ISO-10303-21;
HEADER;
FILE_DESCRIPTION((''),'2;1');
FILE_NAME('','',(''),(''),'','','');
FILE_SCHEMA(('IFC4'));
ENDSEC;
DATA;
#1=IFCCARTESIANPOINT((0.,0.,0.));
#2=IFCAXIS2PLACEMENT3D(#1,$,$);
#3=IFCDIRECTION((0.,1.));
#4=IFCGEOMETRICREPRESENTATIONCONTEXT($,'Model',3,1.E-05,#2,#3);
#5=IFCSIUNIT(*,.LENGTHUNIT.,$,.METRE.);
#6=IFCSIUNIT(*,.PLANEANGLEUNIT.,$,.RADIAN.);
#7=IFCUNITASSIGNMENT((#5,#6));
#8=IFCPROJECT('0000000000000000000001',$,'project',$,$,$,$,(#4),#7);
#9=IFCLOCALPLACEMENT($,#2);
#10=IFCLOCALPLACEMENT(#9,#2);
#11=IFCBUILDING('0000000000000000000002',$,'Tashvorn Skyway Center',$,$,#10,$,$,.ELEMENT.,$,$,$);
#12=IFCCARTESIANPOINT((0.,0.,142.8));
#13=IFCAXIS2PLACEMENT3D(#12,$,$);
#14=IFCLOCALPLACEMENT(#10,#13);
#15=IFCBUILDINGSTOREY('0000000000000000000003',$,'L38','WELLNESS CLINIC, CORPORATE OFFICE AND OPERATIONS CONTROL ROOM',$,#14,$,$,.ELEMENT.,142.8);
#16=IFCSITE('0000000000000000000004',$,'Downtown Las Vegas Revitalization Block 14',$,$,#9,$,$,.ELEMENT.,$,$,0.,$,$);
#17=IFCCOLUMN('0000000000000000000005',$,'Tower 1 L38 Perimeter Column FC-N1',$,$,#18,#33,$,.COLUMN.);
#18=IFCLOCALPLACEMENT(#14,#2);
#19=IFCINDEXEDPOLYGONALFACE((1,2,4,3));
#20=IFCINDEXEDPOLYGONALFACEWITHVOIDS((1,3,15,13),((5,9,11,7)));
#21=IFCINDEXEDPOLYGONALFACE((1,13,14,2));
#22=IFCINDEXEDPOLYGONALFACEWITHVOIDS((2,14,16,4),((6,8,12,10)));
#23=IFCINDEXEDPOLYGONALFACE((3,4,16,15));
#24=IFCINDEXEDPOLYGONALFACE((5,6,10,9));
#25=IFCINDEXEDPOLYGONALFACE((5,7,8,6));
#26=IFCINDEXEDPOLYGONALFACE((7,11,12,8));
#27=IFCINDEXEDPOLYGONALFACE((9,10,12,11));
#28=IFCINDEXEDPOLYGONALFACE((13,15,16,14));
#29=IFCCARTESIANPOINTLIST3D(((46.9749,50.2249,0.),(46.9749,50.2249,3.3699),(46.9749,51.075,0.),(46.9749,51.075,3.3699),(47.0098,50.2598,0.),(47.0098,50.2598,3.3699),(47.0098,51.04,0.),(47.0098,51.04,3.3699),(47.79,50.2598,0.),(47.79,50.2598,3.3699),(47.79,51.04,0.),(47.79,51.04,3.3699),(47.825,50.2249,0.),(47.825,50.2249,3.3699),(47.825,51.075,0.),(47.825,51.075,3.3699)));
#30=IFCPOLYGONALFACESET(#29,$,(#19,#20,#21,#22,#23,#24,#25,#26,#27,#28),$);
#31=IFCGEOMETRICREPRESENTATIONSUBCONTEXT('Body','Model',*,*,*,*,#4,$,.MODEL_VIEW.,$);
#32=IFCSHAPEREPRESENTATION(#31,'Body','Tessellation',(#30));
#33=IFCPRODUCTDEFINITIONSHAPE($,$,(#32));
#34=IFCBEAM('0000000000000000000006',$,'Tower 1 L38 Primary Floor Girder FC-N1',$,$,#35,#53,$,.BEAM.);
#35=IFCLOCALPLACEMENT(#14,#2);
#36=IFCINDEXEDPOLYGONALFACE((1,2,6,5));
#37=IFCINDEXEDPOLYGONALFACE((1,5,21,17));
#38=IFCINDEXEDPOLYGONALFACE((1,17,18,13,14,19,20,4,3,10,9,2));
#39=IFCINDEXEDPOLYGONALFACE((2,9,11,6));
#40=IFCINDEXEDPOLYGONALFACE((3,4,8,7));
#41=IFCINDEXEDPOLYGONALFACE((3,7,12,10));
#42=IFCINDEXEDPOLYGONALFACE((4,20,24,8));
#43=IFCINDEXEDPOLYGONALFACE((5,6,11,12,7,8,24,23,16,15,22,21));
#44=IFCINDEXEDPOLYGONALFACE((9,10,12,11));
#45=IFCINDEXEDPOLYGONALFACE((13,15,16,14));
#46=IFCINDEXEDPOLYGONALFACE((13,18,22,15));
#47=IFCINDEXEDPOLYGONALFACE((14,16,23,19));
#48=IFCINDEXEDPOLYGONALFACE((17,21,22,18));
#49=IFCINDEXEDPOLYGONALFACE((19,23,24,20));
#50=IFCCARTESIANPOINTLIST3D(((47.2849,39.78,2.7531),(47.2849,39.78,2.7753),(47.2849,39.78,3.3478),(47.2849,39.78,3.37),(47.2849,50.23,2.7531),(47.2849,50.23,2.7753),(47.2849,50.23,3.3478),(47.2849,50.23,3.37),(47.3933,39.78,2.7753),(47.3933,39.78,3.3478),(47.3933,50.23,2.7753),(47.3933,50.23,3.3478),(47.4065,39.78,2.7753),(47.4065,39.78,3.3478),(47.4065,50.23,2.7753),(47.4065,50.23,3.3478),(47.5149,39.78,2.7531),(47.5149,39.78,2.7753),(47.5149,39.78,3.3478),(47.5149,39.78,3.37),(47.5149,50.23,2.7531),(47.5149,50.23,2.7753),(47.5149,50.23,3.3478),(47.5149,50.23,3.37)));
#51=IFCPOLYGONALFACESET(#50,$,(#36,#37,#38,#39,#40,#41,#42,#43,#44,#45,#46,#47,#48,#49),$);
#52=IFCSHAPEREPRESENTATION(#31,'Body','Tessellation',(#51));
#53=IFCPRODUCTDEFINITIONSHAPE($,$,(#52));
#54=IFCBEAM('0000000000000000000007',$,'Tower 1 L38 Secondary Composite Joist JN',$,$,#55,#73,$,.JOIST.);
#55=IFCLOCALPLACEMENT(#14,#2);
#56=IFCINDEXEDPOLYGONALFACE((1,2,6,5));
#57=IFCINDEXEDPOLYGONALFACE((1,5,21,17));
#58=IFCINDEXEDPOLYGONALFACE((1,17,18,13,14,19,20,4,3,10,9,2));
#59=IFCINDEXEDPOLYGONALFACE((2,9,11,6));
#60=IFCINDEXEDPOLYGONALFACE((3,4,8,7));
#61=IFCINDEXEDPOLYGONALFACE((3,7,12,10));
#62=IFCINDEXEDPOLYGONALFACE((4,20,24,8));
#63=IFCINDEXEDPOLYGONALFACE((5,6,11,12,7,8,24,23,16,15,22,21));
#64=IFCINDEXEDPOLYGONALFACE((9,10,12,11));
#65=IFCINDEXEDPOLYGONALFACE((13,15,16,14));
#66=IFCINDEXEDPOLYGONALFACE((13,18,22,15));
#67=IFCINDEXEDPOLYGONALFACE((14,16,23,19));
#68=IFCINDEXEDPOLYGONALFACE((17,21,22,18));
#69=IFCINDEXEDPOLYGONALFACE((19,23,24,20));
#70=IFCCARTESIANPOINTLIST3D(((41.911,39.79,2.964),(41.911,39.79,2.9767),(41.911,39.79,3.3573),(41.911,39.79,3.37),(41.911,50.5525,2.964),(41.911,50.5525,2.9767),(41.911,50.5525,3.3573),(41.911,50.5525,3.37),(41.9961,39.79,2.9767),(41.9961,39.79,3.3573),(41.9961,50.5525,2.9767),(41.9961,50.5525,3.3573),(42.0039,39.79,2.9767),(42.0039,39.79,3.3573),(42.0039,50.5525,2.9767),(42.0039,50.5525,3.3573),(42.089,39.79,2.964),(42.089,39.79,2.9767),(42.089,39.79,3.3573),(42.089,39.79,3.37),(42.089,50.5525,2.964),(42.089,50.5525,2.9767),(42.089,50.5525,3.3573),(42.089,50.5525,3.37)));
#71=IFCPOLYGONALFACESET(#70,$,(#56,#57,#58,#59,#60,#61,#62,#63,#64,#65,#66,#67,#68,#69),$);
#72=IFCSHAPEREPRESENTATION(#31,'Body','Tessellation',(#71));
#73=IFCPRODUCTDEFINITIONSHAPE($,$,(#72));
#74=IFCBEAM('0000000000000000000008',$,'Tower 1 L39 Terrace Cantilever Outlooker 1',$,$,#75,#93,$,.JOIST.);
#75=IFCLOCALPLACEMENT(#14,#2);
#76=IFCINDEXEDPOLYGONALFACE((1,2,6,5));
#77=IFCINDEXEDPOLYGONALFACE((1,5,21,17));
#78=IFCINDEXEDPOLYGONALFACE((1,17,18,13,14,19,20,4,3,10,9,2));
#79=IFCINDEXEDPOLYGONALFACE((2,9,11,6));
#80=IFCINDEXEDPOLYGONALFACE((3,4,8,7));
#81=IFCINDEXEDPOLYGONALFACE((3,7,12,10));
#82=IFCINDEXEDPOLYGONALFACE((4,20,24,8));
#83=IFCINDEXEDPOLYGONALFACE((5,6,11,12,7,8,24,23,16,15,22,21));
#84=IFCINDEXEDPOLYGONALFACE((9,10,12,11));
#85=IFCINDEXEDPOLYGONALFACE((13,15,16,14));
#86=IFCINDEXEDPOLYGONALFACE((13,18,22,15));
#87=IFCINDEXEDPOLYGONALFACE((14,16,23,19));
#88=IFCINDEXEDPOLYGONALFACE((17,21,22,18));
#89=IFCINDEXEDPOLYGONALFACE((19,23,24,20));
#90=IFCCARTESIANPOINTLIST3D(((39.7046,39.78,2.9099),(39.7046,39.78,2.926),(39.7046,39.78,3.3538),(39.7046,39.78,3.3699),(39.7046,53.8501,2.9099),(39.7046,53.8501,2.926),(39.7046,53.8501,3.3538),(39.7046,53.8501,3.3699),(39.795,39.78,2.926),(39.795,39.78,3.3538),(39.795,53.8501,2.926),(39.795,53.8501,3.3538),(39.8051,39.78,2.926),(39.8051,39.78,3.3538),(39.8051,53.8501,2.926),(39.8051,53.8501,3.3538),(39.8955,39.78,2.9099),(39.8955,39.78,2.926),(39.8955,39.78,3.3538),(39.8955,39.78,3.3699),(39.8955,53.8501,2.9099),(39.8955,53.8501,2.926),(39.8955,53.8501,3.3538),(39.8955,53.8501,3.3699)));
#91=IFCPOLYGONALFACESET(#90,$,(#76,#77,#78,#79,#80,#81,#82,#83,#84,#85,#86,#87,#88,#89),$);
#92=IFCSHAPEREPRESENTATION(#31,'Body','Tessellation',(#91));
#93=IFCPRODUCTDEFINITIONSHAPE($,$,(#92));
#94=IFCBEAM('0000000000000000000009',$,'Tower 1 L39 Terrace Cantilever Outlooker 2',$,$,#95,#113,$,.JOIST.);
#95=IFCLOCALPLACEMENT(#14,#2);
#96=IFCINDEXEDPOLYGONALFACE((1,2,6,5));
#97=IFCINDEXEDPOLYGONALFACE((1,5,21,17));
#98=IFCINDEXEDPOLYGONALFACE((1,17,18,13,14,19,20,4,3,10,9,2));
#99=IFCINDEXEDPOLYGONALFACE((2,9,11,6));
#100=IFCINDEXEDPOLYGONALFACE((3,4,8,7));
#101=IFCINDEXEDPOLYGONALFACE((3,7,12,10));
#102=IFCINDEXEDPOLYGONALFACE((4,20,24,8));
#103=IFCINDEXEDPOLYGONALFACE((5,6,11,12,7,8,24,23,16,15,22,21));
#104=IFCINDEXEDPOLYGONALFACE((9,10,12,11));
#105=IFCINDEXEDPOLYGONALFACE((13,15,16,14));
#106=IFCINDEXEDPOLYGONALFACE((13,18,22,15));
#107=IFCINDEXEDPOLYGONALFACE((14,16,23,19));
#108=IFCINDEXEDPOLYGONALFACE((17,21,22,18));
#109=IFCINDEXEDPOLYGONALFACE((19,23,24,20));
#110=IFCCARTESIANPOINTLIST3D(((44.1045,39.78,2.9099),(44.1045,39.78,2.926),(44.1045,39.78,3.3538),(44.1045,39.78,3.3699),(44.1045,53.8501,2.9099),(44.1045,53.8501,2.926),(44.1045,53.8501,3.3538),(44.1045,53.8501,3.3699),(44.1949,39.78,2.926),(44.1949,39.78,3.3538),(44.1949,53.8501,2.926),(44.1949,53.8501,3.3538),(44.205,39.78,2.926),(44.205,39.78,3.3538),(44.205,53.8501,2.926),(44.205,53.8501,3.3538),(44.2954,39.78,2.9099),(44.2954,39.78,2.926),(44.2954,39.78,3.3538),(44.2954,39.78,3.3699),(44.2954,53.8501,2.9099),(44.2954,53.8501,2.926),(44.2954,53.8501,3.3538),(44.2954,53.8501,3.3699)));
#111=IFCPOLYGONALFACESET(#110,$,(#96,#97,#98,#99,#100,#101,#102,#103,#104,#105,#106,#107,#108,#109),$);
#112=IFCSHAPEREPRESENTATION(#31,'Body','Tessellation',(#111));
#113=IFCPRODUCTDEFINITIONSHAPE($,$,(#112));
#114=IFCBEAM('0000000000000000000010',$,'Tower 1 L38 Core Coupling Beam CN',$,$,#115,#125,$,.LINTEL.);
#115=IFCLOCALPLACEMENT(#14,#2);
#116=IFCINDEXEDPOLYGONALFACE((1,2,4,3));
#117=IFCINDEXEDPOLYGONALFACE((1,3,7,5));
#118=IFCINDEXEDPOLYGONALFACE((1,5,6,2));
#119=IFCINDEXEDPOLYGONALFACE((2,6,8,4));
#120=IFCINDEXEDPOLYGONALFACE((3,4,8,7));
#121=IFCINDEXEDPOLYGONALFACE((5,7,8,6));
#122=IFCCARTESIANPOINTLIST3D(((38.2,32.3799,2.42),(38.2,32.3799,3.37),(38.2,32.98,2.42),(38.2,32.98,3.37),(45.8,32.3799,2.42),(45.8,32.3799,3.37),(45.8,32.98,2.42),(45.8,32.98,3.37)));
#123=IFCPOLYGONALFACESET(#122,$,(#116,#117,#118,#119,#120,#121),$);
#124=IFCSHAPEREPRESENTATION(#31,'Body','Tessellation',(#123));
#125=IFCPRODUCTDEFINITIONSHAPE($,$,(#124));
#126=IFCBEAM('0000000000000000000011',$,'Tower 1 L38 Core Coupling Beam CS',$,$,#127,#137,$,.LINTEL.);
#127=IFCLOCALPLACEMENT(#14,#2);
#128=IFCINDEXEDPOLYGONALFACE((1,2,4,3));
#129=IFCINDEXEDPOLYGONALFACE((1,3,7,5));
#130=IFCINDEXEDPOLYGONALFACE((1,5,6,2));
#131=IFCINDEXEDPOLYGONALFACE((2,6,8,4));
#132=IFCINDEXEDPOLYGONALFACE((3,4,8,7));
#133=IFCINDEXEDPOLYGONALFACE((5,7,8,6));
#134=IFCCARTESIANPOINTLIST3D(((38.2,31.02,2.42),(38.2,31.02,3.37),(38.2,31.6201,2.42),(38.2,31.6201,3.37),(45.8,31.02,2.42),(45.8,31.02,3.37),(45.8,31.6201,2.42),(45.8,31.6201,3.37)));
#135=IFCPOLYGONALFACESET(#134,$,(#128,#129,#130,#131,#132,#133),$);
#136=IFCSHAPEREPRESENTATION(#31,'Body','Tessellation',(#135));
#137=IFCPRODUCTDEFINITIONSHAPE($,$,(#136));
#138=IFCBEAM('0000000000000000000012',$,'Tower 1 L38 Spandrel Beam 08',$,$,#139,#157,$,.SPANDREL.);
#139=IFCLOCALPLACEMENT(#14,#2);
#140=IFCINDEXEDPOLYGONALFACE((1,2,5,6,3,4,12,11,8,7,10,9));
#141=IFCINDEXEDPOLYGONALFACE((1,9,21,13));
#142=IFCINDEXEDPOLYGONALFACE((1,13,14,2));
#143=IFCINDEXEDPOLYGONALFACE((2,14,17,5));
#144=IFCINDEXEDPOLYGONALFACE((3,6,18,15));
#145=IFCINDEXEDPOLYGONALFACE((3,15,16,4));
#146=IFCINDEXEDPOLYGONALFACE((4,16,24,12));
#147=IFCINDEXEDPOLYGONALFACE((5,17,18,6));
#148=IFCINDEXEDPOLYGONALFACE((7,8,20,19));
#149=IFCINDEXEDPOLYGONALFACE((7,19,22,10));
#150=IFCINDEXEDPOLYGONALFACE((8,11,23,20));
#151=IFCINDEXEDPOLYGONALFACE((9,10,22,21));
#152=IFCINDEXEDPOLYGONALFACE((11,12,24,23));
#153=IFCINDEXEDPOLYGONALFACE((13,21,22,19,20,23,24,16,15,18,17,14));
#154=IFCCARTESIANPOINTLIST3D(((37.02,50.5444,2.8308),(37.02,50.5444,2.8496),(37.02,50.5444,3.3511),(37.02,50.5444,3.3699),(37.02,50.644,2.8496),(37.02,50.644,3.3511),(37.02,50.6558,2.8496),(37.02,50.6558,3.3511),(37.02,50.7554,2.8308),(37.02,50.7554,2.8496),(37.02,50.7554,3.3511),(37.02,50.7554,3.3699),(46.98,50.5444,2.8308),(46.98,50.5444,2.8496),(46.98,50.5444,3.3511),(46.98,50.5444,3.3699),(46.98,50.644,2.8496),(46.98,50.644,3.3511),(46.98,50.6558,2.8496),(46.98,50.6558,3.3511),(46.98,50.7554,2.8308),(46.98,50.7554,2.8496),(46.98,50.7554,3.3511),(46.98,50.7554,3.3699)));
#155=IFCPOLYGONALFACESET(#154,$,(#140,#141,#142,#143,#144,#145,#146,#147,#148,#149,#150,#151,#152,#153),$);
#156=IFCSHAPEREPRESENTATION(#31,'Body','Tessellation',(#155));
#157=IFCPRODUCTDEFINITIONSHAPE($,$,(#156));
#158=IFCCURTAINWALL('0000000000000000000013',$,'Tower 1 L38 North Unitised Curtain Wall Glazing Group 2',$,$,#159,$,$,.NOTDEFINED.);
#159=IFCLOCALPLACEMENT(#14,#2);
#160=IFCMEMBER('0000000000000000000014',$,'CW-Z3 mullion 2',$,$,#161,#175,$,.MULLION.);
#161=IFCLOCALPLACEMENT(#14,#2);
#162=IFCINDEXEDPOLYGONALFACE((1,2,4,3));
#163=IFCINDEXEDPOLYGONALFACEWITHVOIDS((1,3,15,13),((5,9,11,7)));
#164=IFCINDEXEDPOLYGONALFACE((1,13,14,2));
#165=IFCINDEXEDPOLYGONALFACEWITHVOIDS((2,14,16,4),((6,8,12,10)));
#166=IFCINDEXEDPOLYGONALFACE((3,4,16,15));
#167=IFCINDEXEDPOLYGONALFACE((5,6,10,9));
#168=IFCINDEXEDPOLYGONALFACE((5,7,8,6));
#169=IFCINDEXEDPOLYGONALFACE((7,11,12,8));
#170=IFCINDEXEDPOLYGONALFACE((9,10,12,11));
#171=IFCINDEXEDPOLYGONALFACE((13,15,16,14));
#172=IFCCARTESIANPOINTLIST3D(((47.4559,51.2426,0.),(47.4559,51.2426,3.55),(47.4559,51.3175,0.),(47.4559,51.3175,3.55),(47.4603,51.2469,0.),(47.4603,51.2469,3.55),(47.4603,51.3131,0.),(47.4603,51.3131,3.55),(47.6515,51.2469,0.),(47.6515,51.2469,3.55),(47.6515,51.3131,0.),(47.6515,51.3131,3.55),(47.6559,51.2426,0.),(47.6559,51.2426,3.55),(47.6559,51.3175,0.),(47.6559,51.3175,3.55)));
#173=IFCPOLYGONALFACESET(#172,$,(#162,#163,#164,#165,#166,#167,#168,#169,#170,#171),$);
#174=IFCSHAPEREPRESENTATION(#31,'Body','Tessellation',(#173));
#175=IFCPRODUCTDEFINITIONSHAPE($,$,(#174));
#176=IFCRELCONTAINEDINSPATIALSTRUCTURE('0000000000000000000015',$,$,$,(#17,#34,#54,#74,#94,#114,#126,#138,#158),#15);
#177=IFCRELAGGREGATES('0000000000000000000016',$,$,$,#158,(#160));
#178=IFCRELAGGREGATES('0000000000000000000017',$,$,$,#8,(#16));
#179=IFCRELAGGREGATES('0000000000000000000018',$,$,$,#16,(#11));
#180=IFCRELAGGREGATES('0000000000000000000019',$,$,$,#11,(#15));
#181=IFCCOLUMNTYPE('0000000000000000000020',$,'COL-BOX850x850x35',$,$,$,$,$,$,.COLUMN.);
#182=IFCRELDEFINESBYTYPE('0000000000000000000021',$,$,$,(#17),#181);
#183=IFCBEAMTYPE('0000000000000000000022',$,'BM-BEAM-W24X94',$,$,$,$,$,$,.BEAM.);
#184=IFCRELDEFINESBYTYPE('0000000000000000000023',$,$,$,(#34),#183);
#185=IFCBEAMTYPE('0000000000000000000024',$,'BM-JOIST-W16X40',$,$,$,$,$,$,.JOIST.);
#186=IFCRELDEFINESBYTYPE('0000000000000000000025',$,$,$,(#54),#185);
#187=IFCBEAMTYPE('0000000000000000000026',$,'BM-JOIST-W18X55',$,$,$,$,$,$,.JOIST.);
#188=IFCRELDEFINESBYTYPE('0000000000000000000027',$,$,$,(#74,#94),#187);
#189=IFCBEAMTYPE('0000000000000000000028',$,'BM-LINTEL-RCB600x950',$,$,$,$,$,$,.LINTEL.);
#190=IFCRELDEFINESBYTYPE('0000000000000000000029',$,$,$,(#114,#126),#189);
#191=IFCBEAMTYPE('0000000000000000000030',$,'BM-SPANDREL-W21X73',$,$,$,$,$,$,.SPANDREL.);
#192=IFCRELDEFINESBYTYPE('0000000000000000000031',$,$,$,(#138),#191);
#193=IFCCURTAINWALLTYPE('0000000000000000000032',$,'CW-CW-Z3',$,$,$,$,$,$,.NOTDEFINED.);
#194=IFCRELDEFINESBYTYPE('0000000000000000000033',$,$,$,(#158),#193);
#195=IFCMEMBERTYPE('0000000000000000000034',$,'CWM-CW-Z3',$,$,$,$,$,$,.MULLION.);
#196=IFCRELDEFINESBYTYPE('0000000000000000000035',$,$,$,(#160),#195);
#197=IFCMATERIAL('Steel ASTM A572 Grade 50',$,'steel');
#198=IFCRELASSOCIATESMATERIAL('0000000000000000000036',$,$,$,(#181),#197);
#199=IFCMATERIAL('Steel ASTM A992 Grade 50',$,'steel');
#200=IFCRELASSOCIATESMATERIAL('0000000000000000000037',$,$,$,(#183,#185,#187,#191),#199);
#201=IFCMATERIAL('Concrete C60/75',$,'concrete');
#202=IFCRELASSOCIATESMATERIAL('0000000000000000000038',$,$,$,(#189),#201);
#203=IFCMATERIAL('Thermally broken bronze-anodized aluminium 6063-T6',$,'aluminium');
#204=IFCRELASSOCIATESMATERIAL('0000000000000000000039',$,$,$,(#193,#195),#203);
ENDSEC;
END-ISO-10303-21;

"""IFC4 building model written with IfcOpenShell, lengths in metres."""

from ifc_helpers import new_model, si_unit, direction, frame, origin, origin_2d, place, context, subcontext, project, spatial, rectangle, hollow_rectangle, i_section, extrude, material, material_profile, profile_set, type_object, element, aggregate, save


model = new_model("IFC4")

# Units and contexts
model_context = context("Model", 3, precision=1e-05, world=origin(), true_north=direction((0.0, 1.0)))
body_context = subcontext(model_context, "Body", "Model", "MODEL_VIEW")
ifc_project = project(units=[si_unit("LENGTHUNIT", "METRE"), si_unit("PLANEANGLEUNIT", "RADIAN")], contexts=[model_context])

# Site, building, storey
site_placement = place(None, origin())
site = spatial("IfcSite", under=ifc_project, at=site_placement, Name="Downtown Las Vegas Revitalization Block 14", CompositionType="ELEMENT", RefElevation=0.0)
building_placement = place(site_placement, origin())
building = spatial("IfcBuilding", under=site, at=building_placement, Name="Tashvorn Skyway Center", CompositionType="ELEMENT")
storey_placement = place(building_placement, frame((0.0, 0.0, 142.8)))
storey = spatial("IfcBuildingStorey", under=building, at=storey_placement, Name="L38", Description="WELLNESS CLINIC, CORPORATE OFFICE AND OPERATIONS CONTROL ROOM", CompositionType="ELEMENT", Elevation=142.8)

# Column
ifc_material_1 = material(Name="Steel ASTM A572 Grade 50", Category="steel")
ifc_material_profile_1 = material_profile(ifc_material_1, hollow_rectangle(XDim=0.8501, YDim=0.8501, WallThickness=0.0349, at=origin_2d()), Name="BOX850x850x35")
ifc_profile_set_1 = profile_set([ifc_material_profile_1], Name="Steel ASTM A572 Grade 50")
column_type = type_object("IfcColumnType", Name="COL-BOX850x850x35", PredefinedType="COLUMN", material=ifc_profile_set_1)
column_placement = place(storey_placement, frame((47.3999, 50.6499, 0.0), z_axis=(0.0, 0.0, 1.0), x_axis=(1.0, 0.0, 0.0)))
element("IfcColumn", 1, at=column_placement, inside=storey, type_object=column_type, Name="Tower 1 L38 Perimeter Column FC-N1", PredefinedType="COLUMN", context=body_context, shape_type="SweptSolid", body=[
    extrude(hollow_rectangle(XDim=0.8501, YDim=0.8501, WallThickness=0.0349, at=origin_2d()), origin(), (0.0, 0.0, 1.0), 3.3699),
])

# Beams
ifc_material_2 = material(Name="Steel ASTM A992 Grade 50", Category="steel")
ifc_material_profile_2 = material_profile(ifc_material_2, i_section(OverallWidth=0.23, OverallDepth=0.6169, WebThickness=0.0132, FlangeThickness=0.0222, at=origin_2d()), Name="W24X94")
ifc_profile_set_2 = profile_set([ifc_material_profile_2], Name="Steel ASTM A992 Grade 50")
beam_type_1 = type_object("IfcBeamType", Name="BM-BEAM-W24X94", PredefinedType="BEAM", material=ifc_profile_set_2)
beam_1_placement = place(storey_placement, frame((47.3999, 50.23, 3.0615), z_axis=(0.0, -1.0, 0.0), x_axis=(1.0, 0.0, 0.0)))
element("IfcBeam", 2, at=beam_1_placement, inside=storey, type_object=beam_type_1, Name="Tower 1 L38 Primary Floor Girder FC-N1", PredefinedType="BEAM", context=body_context, shape_type="SweptSolid", body=[
    extrude(i_section(OverallWidth=0.23, OverallDepth=0.6169, WebThickness=0.0132, FlangeThickness=0.0222, at=origin_2d()), origin(), (0.0, 0.0, 1.0), 10.45),
])
ifc_material_profile_3 = material_profile(ifc_material_2, i_section(OverallWidth=0.178, OverallDepth=0.406, WebThickness=0.0078, FlangeThickness=0.0127, at=origin_2d()), Name="W16X40")
ifc_profile_set_3 = profile_set([ifc_material_profile_3], Name="Steel ASTM A992 Grade 50")
beam_type_2 = type_object("IfcBeamType", Name="BM-JOIST-W16X40", PredefinedType="JOIST", material=ifc_profile_set_3)
beam_2_placement = place(storey_placement, frame((42.0, 39.79, 3.167), z_axis=(0.0, 1.0, 0.0), x_axis=(-1.0, 0.0, 0.0)))
element("IfcBeam", 3, at=beam_2_placement, inside=storey, type_object=beam_type_2, Name="Tower 1 L38 Secondary Composite Joist JN", PredefinedType="JOIST", context=body_context, shape_type="SweptSolid", body=[
    extrude(i_section(OverallWidth=0.178, OverallDepth=0.406, WebThickness=0.0078, FlangeThickness=0.0127, at=origin_2d()), origin(), (0.0, 0.0, 1.0), 10.7625),
])
ifc_material_profile_4 = material_profile(ifc_material_2, i_section(OverallWidth=0.1909, OverallDepth=0.46, WebThickness=0.01, FlangeThickness=0.0161, at=origin_2d()), Name="W18X55")
ifc_profile_set_4 = profile_set([ifc_material_profile_4], Name="Steel ASTM A992 Grade 50")
beam_type_3 = type_object("IfcBeamType", Name="BM-JOIST-W18X55", PredefinedType="JOIST", material=ifc_profile_set_4)
for number, where, z_axis, x_axis, name in (
    (4, (39.8, 39.78, 3.1399), (0.0, 1.0, 0.0), (-1.0, 0.0, 0.0), "Tower 1 L39 Terrace Cantilever Outlooker 1"),
    (5, (44.2, 39.78, 3.1399), (0.0, 1.0, 0.0), (-1.0, 0.0, 0.0), "Tower 1 L39 Terrace Cantilever Outlooker 2"),
):
    element("IfcBeam", number, at=place(storey_placement, frame(where, z_axis=z_axis, x_axis=x_axis)), inside=storey, type_object=beam_type_3, Name=name, PredefinedType="JOIST", context=body_context, shape_type="SweptSolid", body=[
        extrude(i_section(OverallWidth=0.1909, OverallDepth=0.46, WebThickness=0.01, FlangeThickness=0.0161, at=origin_2d()), origin(), (0.0, 0.0, 1.0), 14.0701),
    ])
ifc_material_3 = material(Name="Concrete C60/75", Category="concrete")
ifc_material_profile_5 = material_profile(ifc_material_3, rectangle(XDim=0.6001, YDim=0.95, at=origin_2d()), Name="RCB600x950")
ifc_profile_set_5 = profile_set([ifc_material_profile_5], Name="Concrete C60/75")
beam_type_4 = type_object("IfcBeamType", Name="BM-LINTEL-RCB600x950", PredefinedType="LINTEL", material=ifc_profile_set_5)
for number, where, z_axis, x_axis, name in (
    (6, (38.2, 32.6799, 2.895), (1.0, 0.0, 0.0), (0.0, 1.0, 0.0), "Tower 1 L38 Core Coupling Beam CN"),
    (7, (38.2, 31.3201, 2.895), (1.0, 0.0, 0.0), (0.0, 1.0, 0.0), "Tower 1 L38 Core Coupling Beam CS"),
):
    element("IfcBeam", number, at=place(storey_placement, frame(where, z_axis=z_axis, x_axis=x_axis)), inside=storey, type_object=beam_type_4, Name=name, PredefinedType="LINTEL", context=body_context, shape_type="SweptSolid", body=[
        extrude(rectangle(XDim=0.6001, YDim=0.95, at=origin_2d()), origin(), (0.0, 0.0, 1.0), 7.6001),
    ])
ifc_material_profile_6 = material_profile(ifc_material_2, i_section(OverallWidth=0.2109, OverallDepth=0.5391, WebThickness=0.0117, FlangeThickness=0.0188, at=origin_2d()), Name="W21X73")
ifc_profile_set_6 = profile_set([ifc_material_profile_6], Name="Steel ASTM A992 Grade 50")
beam_type_5 = type_object("IfcBeamType", Name="BM-SPANDREL-W21X73", PredefinedType="SPANDREL", material=ifc_profile_set_6)
beam_3_placement = place(storey_placement, frame((46.98, 50.6499, 3.1003), z_axis=(-1.0, 0.0, 0.0), x_axis=(0.0, -1.0, 0.0)))
element("IfcBeam", 8, at=beam_3_placement, inside=storey, type_object=beam_type_5, Name="Tower 1 L38 Spandrel Beam 08", PredefinedType="SPANDREL", context=body_context, shape_type="SweptSolid", body=[
    extrude(i_section(OverallWidth=0.2109, OverallDepth=0.5391, WebThickness=0.0117, FlangeThickness=0.0188, at=origin_2d()), origin(), (0.0, 0.0, 1.0), 9.96),
])

# Curtain wall, member
ifc_material_4 = material(Name="Thermally broken bronze-anodized aluminium 6063-T6", Category="aluminium")
curtain_wall_type = type_object("IfcCurtainWallType", Name="CW-CW-Z3", PredefinedType="NOTDEFINED", material=ifc_material_4)
curtain_wall_placement = place(storey_placement, origin())
curtain_wall = element("IfcCurtainWall", 9, at=curtain_wall_placement, inside=storey, type_object=curtain_wall_type, Name="Tower 1 L38 North Unitised Curtain Wall Glazing Group 2", PredefinedType="NOTDEFINED")
ifc_material_profile_7 = material_profile(ifc_material_4, hollow_rectangle(XDim=0.075, YDim=0.2, WallThickness=0.0044, at=origin_2d()), Name="ALU-MULL-75x200")
ifc_profile_set_7 = profile_set([ifc_material_profile_7], Name="Thermally broken bronze-anodized aluminium 6063-T6")
member_type = type_object("IfcMemberType", Name="CWM-CW-Z3", PredefinedType="MULLION", material=ifc_profile_set_7)
member_placement = place(storey_placement, frame((47.5559, 51.28, 0.0), z_axis=(0.0, 0.0, 1.0), x_axis=(0.0, 1.0, 0.0)))
member = element("IfcMember", 10, at=member_placement, type_object=member_type, Name="CW-Z3 mullion 2", PredefinedType="MULLION", context=body_context, shape_type="SweptSolid", body=[
    extrude(hollow_rectangle(XDim=0.075, YDim=0.2, WallThickness=0.0044, at=origin_2d()), origin(), (0.0, 0.0, 1.0), 3.55),
])
aggregate(curtain_wall, [member])

save(model, "model.ifc")
